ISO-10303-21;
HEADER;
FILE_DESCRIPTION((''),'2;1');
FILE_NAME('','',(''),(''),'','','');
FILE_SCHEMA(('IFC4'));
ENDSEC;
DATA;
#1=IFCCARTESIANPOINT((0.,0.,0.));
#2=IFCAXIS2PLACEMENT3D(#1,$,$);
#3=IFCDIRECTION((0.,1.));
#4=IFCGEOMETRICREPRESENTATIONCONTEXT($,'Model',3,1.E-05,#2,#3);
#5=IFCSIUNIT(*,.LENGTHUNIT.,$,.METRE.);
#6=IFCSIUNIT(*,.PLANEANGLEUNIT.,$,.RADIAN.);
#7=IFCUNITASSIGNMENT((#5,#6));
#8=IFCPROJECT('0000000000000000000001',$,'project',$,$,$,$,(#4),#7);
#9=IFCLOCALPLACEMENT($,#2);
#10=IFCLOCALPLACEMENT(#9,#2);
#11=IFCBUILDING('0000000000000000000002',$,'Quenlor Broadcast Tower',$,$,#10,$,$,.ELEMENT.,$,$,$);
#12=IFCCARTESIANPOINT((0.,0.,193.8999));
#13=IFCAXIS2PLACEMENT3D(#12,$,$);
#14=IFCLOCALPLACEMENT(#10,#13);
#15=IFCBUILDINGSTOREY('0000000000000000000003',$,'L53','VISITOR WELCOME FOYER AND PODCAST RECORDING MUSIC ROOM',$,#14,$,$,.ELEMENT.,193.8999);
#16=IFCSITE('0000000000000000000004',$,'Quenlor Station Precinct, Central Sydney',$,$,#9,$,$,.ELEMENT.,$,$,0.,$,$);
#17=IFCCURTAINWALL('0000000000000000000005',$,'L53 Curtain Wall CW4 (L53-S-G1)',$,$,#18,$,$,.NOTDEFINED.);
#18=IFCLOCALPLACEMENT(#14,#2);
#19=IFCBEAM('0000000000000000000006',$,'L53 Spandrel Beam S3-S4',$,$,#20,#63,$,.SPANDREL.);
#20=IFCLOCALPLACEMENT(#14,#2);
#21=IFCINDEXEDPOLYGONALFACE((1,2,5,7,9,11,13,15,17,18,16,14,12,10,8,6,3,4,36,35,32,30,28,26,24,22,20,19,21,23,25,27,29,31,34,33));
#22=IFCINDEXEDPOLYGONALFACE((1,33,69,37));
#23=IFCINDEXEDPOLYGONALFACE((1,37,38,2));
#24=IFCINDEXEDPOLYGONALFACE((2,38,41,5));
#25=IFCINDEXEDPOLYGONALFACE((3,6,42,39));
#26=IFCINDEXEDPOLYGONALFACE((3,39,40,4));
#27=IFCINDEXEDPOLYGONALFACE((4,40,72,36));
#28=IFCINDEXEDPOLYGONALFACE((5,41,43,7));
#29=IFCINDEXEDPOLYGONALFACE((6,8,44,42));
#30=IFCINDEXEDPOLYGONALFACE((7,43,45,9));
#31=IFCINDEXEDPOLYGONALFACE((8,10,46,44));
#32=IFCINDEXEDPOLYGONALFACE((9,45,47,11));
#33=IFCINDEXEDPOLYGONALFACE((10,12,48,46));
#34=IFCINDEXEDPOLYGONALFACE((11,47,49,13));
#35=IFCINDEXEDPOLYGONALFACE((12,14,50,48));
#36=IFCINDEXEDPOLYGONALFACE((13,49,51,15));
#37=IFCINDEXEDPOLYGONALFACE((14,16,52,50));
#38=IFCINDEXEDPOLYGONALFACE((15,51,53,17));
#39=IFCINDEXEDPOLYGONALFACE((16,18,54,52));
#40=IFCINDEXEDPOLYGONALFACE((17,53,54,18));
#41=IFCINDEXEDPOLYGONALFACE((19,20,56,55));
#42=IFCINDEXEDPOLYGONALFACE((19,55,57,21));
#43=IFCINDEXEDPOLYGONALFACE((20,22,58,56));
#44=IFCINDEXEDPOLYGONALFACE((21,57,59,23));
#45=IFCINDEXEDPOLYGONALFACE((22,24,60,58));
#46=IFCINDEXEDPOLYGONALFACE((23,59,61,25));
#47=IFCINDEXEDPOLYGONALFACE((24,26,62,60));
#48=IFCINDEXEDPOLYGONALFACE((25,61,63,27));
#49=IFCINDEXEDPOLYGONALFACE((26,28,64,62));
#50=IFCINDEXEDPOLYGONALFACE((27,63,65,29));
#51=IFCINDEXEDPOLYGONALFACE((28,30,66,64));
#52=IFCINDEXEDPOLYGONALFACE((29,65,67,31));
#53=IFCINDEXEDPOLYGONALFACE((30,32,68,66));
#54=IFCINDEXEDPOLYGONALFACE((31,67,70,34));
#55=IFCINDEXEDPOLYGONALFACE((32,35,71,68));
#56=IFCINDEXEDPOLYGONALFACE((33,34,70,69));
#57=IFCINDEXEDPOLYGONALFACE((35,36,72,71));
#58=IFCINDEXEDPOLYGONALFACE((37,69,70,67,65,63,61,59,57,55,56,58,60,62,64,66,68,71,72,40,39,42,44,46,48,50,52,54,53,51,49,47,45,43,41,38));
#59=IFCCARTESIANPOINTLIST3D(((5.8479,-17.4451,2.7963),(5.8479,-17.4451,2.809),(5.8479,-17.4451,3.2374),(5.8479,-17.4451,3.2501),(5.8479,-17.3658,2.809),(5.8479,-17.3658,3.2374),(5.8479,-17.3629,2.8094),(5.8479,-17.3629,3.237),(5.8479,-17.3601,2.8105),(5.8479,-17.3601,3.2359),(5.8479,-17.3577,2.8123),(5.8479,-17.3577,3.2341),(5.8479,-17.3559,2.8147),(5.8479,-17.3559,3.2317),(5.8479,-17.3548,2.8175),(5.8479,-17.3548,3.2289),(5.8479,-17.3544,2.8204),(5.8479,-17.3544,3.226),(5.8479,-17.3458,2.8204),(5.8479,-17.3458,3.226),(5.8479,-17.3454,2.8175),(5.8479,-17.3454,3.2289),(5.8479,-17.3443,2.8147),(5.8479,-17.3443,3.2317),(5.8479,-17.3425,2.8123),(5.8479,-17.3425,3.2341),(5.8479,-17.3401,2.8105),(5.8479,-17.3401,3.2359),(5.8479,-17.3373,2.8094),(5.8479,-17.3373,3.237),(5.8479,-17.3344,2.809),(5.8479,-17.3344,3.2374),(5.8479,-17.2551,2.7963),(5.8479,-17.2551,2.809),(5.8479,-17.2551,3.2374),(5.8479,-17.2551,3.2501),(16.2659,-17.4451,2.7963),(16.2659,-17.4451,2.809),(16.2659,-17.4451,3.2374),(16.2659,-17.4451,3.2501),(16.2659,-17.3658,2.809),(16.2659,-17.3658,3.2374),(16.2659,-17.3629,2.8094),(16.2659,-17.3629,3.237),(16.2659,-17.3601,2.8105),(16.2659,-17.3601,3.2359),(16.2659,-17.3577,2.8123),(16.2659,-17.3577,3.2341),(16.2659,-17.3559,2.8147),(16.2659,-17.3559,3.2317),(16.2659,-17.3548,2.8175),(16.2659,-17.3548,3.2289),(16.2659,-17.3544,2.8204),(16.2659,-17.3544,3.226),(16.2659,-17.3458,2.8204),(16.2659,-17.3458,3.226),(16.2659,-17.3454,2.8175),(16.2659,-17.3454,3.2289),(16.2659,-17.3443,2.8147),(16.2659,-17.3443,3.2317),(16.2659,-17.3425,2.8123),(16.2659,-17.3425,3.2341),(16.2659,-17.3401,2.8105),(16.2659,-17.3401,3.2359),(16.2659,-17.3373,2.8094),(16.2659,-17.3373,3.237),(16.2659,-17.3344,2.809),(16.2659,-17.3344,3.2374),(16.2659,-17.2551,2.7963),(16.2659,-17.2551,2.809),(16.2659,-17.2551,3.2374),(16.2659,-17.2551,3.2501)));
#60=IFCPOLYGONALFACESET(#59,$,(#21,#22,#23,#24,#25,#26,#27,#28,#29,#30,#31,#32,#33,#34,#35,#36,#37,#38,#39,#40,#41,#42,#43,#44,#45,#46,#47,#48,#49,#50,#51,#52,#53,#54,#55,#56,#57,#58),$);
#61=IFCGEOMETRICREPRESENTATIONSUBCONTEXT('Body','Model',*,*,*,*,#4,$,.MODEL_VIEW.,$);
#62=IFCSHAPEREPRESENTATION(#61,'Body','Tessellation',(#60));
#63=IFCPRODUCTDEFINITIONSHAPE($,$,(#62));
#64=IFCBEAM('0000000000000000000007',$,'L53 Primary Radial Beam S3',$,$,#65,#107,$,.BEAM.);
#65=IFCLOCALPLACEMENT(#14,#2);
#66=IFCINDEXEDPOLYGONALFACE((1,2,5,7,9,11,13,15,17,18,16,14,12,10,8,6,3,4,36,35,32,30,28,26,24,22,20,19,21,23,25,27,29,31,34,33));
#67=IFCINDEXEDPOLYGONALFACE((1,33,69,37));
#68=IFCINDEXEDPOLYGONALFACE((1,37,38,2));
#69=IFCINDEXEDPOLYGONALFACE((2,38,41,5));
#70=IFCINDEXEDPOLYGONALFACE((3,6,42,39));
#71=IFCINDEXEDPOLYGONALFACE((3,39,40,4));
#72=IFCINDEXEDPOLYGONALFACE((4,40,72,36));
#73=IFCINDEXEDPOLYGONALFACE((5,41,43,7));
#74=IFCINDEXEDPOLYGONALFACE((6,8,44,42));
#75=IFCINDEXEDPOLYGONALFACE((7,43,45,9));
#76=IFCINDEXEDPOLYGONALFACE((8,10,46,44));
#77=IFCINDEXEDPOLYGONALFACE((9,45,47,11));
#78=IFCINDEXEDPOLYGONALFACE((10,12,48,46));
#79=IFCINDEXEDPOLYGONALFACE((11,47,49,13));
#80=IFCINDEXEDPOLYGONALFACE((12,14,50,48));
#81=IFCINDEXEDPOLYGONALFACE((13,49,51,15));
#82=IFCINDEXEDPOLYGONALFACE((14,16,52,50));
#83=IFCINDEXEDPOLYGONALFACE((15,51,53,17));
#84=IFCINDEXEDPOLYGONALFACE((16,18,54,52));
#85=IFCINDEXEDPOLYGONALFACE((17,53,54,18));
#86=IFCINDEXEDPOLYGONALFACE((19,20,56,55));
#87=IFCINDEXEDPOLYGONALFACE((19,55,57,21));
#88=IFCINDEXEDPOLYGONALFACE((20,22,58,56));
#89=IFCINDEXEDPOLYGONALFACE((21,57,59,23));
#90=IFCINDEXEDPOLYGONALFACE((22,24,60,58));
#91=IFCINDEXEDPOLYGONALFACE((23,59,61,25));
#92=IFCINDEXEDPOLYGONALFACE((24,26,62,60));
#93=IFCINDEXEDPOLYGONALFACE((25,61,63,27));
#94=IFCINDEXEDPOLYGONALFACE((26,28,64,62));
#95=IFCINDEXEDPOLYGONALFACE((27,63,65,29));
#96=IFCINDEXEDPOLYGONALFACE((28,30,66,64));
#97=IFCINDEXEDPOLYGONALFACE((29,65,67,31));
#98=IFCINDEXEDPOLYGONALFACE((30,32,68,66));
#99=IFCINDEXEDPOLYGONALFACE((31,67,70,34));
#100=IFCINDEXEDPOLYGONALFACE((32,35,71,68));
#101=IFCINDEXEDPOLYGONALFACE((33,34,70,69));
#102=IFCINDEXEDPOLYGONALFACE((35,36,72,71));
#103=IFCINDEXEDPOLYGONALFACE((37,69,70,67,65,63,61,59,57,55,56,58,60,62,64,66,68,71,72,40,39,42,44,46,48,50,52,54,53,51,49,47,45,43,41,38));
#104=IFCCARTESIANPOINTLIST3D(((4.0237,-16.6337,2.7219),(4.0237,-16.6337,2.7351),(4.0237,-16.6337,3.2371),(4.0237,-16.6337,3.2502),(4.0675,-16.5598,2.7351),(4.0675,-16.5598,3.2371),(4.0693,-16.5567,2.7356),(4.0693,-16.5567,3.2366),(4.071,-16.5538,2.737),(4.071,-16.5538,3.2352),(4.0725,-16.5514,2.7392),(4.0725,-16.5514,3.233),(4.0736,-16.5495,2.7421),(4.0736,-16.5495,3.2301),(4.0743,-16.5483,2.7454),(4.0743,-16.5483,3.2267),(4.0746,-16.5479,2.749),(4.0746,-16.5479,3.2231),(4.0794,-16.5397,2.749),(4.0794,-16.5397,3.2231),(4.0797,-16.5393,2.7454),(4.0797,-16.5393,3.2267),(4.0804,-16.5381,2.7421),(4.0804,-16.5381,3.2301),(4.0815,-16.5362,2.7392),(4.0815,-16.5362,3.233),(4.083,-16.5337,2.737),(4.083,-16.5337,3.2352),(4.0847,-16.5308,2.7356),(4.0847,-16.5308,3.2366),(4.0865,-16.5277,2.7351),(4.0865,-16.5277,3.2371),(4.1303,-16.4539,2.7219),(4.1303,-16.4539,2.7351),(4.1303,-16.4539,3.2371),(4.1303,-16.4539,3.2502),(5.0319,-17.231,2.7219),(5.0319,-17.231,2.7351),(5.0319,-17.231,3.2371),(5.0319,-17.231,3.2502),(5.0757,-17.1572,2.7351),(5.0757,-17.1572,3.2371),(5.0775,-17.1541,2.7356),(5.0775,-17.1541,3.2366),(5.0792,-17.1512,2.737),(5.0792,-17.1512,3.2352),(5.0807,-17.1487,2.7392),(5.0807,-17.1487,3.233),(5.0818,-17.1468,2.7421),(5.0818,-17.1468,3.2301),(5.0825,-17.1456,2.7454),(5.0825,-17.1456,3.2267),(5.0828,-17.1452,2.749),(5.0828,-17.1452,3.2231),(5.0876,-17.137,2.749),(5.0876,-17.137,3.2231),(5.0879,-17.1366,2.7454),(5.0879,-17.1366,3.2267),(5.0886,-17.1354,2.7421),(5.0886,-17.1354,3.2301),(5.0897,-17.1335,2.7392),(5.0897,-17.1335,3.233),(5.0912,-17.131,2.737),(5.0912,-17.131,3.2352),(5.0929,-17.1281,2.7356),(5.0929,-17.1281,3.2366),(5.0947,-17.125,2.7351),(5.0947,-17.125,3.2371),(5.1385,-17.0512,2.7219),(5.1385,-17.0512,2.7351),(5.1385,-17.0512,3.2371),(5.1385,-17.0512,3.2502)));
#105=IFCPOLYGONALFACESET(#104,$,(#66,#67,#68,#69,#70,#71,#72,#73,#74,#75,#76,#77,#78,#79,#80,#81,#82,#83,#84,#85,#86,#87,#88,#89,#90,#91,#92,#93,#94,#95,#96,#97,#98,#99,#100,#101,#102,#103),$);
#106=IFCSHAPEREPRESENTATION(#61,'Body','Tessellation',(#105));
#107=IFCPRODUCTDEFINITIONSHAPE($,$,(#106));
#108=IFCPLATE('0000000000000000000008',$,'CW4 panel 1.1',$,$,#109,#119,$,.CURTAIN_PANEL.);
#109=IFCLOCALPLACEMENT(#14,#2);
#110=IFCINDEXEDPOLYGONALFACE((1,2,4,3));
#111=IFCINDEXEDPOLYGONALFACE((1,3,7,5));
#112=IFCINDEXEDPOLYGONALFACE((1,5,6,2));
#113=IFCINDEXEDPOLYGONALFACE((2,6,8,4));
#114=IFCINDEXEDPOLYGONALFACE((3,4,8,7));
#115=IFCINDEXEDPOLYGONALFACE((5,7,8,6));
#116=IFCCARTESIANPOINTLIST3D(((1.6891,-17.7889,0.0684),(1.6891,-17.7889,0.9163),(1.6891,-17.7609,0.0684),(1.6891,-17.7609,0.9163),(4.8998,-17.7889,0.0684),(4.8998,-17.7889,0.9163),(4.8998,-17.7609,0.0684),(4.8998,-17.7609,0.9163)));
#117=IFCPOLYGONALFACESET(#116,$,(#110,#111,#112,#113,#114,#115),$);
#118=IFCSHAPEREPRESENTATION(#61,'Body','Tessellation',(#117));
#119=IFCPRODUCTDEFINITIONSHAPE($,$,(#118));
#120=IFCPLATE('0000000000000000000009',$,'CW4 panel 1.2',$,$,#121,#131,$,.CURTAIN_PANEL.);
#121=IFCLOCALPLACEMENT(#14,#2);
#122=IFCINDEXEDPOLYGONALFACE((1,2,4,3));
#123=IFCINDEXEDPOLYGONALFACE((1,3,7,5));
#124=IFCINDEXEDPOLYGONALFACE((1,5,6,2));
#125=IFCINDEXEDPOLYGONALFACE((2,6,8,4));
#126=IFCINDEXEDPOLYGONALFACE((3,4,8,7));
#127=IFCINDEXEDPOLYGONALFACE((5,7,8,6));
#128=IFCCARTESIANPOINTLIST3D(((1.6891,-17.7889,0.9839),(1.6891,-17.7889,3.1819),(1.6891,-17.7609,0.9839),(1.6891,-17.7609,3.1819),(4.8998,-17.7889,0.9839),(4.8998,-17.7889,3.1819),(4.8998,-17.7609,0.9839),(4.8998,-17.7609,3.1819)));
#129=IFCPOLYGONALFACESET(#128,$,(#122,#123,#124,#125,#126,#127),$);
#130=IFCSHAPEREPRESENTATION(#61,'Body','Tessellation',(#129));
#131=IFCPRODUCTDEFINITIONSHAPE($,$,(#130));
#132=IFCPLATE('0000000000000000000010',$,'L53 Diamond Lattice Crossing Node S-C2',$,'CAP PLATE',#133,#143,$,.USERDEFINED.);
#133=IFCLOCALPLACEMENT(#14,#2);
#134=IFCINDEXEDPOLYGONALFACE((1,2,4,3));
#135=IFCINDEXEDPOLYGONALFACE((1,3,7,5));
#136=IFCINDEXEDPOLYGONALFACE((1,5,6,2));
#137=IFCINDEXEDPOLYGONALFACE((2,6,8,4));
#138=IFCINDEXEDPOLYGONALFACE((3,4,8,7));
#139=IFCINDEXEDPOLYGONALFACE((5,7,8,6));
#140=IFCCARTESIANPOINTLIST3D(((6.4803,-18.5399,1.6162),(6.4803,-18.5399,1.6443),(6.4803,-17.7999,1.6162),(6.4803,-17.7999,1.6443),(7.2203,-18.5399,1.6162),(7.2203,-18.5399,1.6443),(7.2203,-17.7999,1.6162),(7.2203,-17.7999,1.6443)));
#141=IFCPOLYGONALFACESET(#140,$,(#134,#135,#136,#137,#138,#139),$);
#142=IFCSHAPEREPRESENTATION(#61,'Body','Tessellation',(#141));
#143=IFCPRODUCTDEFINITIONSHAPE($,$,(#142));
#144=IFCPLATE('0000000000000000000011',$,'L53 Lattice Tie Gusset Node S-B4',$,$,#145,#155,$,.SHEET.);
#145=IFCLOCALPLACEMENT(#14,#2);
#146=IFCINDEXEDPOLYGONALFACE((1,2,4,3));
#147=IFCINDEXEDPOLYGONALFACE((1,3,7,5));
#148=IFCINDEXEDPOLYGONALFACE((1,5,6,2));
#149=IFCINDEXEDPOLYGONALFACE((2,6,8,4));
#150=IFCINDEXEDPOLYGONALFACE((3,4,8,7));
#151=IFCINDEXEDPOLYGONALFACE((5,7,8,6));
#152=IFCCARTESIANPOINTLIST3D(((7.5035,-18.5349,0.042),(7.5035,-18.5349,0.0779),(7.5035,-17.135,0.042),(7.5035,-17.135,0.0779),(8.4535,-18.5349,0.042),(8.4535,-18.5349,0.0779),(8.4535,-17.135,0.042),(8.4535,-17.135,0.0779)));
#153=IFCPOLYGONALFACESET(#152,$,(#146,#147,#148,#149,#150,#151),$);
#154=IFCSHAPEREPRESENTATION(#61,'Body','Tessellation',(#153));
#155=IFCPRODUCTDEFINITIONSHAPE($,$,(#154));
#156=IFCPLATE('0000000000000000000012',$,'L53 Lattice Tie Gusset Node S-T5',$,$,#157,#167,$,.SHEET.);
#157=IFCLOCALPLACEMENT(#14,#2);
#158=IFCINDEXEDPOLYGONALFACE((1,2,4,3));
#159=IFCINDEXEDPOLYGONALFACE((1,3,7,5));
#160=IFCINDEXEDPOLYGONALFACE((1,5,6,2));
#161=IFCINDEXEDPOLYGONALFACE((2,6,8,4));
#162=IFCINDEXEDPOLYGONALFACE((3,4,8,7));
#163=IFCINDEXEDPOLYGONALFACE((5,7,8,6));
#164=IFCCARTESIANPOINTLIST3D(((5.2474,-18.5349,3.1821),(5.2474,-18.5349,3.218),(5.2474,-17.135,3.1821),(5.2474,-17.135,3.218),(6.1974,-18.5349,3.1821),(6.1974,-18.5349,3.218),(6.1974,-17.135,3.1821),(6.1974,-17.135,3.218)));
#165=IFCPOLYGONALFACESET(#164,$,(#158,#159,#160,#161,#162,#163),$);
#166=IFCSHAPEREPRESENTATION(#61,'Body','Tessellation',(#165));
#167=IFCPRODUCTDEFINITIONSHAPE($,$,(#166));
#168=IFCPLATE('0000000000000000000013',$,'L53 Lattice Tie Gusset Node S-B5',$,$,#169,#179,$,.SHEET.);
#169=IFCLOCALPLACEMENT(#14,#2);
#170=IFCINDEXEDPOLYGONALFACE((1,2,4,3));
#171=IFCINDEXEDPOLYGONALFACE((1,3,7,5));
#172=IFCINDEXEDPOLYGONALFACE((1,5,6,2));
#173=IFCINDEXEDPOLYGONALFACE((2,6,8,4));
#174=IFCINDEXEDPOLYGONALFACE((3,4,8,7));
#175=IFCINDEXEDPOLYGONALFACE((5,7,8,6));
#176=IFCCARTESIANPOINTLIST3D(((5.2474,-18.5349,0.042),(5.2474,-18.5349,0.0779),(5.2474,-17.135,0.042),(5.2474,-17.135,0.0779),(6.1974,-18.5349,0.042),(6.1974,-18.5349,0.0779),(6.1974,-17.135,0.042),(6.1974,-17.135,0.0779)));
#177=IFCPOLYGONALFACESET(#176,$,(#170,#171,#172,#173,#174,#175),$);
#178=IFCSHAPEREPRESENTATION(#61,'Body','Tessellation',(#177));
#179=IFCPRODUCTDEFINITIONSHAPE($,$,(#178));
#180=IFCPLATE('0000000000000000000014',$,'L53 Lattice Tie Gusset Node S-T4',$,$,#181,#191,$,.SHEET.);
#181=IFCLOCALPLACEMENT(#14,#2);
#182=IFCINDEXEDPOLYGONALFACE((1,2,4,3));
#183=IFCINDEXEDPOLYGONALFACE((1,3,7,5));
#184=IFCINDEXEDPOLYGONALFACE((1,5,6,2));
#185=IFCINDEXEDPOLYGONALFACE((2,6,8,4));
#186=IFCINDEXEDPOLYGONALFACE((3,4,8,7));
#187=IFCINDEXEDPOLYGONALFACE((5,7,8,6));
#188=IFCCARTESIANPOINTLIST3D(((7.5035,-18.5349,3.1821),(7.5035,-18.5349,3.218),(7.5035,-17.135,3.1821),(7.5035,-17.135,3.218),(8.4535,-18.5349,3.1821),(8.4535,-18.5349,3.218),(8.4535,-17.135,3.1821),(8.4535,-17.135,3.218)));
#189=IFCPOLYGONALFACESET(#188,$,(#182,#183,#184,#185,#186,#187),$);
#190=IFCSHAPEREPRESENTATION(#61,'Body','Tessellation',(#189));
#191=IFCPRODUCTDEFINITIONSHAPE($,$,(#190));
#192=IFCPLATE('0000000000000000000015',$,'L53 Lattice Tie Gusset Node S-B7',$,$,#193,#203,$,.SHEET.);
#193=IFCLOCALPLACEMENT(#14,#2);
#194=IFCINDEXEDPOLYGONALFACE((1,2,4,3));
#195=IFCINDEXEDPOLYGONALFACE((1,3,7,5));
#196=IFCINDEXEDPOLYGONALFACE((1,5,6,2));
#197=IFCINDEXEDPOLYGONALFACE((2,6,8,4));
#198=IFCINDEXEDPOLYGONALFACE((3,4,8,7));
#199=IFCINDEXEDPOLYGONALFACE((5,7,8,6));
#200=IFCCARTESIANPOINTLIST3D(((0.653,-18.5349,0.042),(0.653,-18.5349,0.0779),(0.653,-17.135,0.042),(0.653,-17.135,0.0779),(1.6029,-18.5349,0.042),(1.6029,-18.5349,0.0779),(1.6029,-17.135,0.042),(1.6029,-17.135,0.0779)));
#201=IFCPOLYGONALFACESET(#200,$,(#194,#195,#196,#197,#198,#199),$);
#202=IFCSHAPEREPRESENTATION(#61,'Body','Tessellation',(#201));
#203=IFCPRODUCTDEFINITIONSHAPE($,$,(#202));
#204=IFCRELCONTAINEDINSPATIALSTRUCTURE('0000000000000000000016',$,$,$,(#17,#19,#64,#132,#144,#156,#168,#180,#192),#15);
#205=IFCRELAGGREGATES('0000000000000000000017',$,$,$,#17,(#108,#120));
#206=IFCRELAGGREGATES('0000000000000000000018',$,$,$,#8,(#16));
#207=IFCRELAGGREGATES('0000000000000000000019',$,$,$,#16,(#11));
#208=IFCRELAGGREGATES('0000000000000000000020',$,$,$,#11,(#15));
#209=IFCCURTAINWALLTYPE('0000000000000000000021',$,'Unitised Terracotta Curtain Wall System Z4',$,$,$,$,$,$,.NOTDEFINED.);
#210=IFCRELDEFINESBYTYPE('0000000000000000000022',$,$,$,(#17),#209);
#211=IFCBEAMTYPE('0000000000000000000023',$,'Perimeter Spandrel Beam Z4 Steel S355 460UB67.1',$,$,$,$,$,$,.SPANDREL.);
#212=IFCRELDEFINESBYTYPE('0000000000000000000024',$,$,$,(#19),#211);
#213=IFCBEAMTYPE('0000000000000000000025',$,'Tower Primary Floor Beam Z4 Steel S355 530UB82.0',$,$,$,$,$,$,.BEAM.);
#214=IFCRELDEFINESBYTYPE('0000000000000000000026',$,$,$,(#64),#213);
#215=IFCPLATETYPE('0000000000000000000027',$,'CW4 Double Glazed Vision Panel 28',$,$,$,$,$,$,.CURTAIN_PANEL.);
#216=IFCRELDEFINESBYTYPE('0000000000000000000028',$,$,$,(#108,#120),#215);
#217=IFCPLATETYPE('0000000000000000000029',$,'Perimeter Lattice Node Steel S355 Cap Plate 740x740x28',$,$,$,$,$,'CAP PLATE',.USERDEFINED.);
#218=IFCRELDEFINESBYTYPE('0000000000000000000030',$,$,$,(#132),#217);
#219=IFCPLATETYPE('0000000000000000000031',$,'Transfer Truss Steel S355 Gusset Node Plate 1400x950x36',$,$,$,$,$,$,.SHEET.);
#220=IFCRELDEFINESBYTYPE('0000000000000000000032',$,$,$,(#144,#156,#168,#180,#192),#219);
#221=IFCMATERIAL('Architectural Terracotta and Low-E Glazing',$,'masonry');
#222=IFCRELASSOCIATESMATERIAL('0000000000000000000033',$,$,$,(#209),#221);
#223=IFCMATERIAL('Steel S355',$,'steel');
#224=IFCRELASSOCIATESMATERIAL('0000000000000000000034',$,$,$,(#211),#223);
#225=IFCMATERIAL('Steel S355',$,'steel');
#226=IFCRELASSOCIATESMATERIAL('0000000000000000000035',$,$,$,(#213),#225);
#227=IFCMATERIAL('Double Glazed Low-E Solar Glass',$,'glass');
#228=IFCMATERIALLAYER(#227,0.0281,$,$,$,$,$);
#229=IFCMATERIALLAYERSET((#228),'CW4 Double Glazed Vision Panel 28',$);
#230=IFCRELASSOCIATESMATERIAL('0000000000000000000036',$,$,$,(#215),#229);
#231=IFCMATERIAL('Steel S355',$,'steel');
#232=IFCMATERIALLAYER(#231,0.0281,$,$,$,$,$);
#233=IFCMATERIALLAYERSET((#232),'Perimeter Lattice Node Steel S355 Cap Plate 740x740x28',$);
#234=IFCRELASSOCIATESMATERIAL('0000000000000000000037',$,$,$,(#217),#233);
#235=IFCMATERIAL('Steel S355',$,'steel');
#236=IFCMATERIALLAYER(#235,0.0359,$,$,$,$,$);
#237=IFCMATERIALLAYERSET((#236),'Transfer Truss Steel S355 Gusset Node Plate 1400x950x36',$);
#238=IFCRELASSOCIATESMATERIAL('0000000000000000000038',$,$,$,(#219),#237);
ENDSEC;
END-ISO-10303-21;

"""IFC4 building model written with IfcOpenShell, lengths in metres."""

from ifc_helpers import new_model, si_unit, direction, frame, origin, origin_2d, place, context, subcontext, project, spatial, rectangle, i_section, extrude, material, layer, layer_set, material_profile, profile_set, type_object, element, aggregate, save


model = new_model("IFC4")

# Units and contexts
model_context = context("Model", 3, precision=1e-05, world=origin(), true_north=direction((0.0, 1.0)))
body_context = subcontext(model_context, "Body", "Model", "MODEL_VIEW")
ifc_project = project(units=[si_unit("LENGTHUNIT", "METRE"), si_unit("PLANEANGLEUNIT", "RADIAN")], contexts=[model_context])

# Site, building, storey
site_placement = place(None, origin())
site = spatial("IfcSite", under=ifc_project, at=site_placement, Name="Quenlor Station Precinct, Central Sydney", CompositionType="ELEMENT", RefElevation=0.0)
building_placement = place(site_placement, origin())
building = spatial("IfcBuilding", under=site, at=building_placement, Name="Quenlor Broadcast Tower", CompositionType="ELEMENT")
storey_placement = place(building_placement, frame((0.0, 0.0, 193.8999)))
storey = spatial("IfcBuildingStorey", under=building, at=storey_placement, Name="L53", Description="VISITOR WELCOME FOYER AND PODCAST RECORDING MUSIC ROOM", CompositionType="ELEMENT", Elevation=193.8999)

# Curtain wall
ifc_material_1 = material(Name="Architectural Terracotta and Low-E Glazing", Category="masonry")
curtain_wall_type = type_object("IfcCurtainWallType", Name="Unitised Terracotta Curtain Wall System Z4", PredefinedType="NOTDEFINED", material=ifc_material_1)
curtain_wall_placement = place(storey_placement, origin())
curtain_wall = element("IfcCurtainWall", 1, at=curtain_wall_placement, inside=storey, type_object=curtain_wall_type, Name="L53 Curtain Wall CW4 (L53-S-G1)", PredefinedType="NOTDEFINED")

# Beams
ifc_material_2 = material(Name="Steel S355", Category="steel")
ifc_material_profile_1 = material_profile(ifc_material_2, i_section(OverallWidth=0.1899, OverallDepth=0.4539, WebThickness=0.0085, FlangeThickness=0.0127, FilletRadius=0.0115, at=origin_2d()))
ifc_profile_set_1 = profile_set([ifc_material_profile_1], Name="Steel S355 460UB67.1")
beam_type_1 = type_object("IfcBeamType", Name="Perimeter Spandrel Beam Z4 Steel S355 460UB67.1", PredefinedType="SPANDREL", material=ifc_profile_set_1)
beam_1_placement = place(storey_placement, frame((5.8479, -17.3501, 3.0232), z_axis=(1.0, 0.0, 0.0), x_axis=(0.0, 1.0, 0.0)))
element("IfcBeam", 2, at=beam_1_placement, inside=storey, type_object=beam_type_1, Name="L53 Spandrel Beam S3-S4", PredefinedType="SPANDREL", context=body_context, shape_type="SweptSolid", body=[
    extrude(i_section(OverallWidth=0.1899, OverallDepth=0.4539, WebThickness=0.0085, FlangeThickness=0.0127, FilletRadius=0.0115, at=origin_2d()), origin(), (0.0, 0.0, 1.0), 10.418),
])
ifc_material_3 = material(Name="Steel S355", Category="steel")
ifc_material_profile_2 = material_profile(ifc_material_3, i_section(OverallWidth=0.209, OverallDepth=0.5283, WebThickness=0.0095, FlangeThickness=0.0132, FilletRadius=0.0139, at=origin_2d()))
ifc_profile_set_2 = profile_set([ifc_material_profile_2], Name="Steel S355 530UB82.0")
beam_type_2 = type_object("IfcBeamType", Name="Tower Primary Floor Beam Z4 Steel S355 530UB82.0", PredefinedType="BEAM", material=ifc_profile_set_2)
beam_2_placement = place(storey_placement, frame((5.0852, -17.1411, 2.9861), z_axis=(-0.860329, 0.50974, 0.0), x_axis=(-0.50974, -0.860329, 0.0)))
element("IfcBeam", 3, at=beam_2_placement, inside=storey, type_object=beam_type_2, Name="L53 Primary Radial Beam S3", PredefinedType="BEAM", context=body_context, shape_type="SweptSolid", body=[
    extrude(i_section(OverallWidth=0.209, OverallDepth=0.5283, WebThickness=0.0095, FlangeThickness=0.0132, FilletRadius=0.0139, at=origin_2d()), origin(), (0.0, 0.0, 1.0), 1.1719),
])

# Plates
ifc_material_4 = material(Name="Double Glazed Low-E Solar Glass", Category="glass")
ifc_layer_1 = layer(ifc_material_4, 0.0281)
ifc_layer_set_1 = layer_set([ifc_layer_1], Name="CW4 Double Glazed Vision Panel 28")
plate_type_1 = type_object("IfcPlateType", Name="CW4 Double Glazed Vision Panel 28", PredefinedType="CURTAIN_PANEL", material=ifc_layer_set_1)
plate_1_placement = place(storey_placement, frame((3.2944, -17.7749, 0.0684), z_axis=(0.0, 0.0, 1.0), x_axis=(-1.0, 0.0, 0.0)))
plate_1 = element("IfcPlate", 4, at=plate_1_placement, type_object=plate_type_1, Name="CW4 panel 1.1", PredefinedType="CURTAIN_PANEL", context=body_context, shape_type="SweptSolid", body=[
    extrude(rectangle(XDim=3.2107, YDim=0.0281, at=origin_2d()), origin(), (0.0, 0.0, 1.0), 0.8479),
])
plate_2_placement = place(storey_placement, frame((3.2944, -17.7749, 0.9839), z_axis=(0.0, 0.0, 1.0), x_axis=(-1.0, 0.0, 0.0)))
plate_2 = element("IfcPlate", 5, at=plate_2_placement, type_object=plate_type_1, Name="CW4 panel 1.2", PredefinedType="CURTAIN_PANEL", context=body_context, shape_type="SweptSolid", body=[
    extrude(rectangle(XDim=3.2107, YDim=0.0281, at=origin_2d()), origin(), (0.0, 0.0, 1.0), 2.198),
])
aggregate(curtain_wall, [plate_1, plate_2])

# Plates
ifc_material_5 = material(Name="Steel S355", Category="steel")
ifc_layer_2 = layer(ifc_material_5, 0.0281)
ifc_layer_set_2 = layer_set([ifc_layer_2], Name="Perimeter Lattice Node Steel S355 Cap Plate 740x740x28")
plate_type_2 = type_object("IfcPlateType", Name="Perimeter Lattice Node Steel S355 Cap Plate 740x740x28", ElementType="CAP PLATE", PredefinedType="USERDEFINED", material=ifc_layer_set_2)
plate_3_placement = place(storey_placement, frame((6.8503, -18.1699, 1.6162), z_axis=(0.0, 0.0, 1.0), x_axis=(-1.0, 0.0, 0.0)))
element("IfcPlate", 6, at=plate_3_placement, inside=storey, type_object=plate_type_2, Name="L53 Diamond Lattice Crossing Node S-C2", ObjectType="CAP PLATE", PredefinedType="USERDEFINED", context=body_context, shape_type="SweptSolid", body=[
    extrude(rectangle(XDim=0.74, YDim=0.74, at=origin_2d()), origin(), (0.0, 0.0, 1.0), 0.0281),
])
ifc_material_6 = material(Name="Steel S355", Category="steel")
ifc_layer_3 = layer(ifc_material_6, 0.0359)
ifc_layer_set_3 = layer_set([ifc_layer_3], Name="Transfer Truss Steel S355 Gusset Node Plate 1400x950x36")
plate_type_3 = type_object("IfcPlateType", Name="Transfer Truss Steel S355 Gusset Node Plate 1400x950x36", PredefinedType="SHEET", material=ifc_layer_set_3)
for number, where, z_axis, x_axis, name in (
    (7, (7.9785, -17.835, 0.042), (0.0, 0.0, 1.0), (0.0, -1.0, 0.0), "L53 Lattice Tie Gusset Node S-B4"),
    (8, (5.7224, -17.835, 3.1821), (0.0, 0.0, 1.0), (0.0, -1.0, 0.0), "L53 Lattice Tie Gusset Node S-T5"),
    (9, (5.7224, -17.835, 0.042), (0.0, 0.0, 1.0), (0.0, -1.0, 0.0), "L53 Lattice Tie Gusset Node S-B5"),
    (10, (7.9785, -17.835, 3.1821), (0.0, 0.0, 1.0), (0.0, -1.0, 0.0), "L53 Lattice Tie Gusset Node S-T4"),
    (11, (1.1279, -17.835, 0.042), (0.0, 0.0, 1.0), (0.0, -1.0, 0.0), "L53 Lattice Tie Gusset Node S-B7"),
):
    element("IfcPlate", number, at=place(storey_placement, frame(where, z_axis=z_axis, x_axis=x_axis)), inside=storey, type_object=plate_type_3, Name=name, PredefinedType="SHEET", context=body_context, shape_type="SweptSolid", body=[
        extrude(rectangle(XDim=1.3999, YDim=0.95, at=origin_2d()), origin(), (0.0, 0.0, 1.0), 0.0359),
    ])

save(model, "model.ifc")
